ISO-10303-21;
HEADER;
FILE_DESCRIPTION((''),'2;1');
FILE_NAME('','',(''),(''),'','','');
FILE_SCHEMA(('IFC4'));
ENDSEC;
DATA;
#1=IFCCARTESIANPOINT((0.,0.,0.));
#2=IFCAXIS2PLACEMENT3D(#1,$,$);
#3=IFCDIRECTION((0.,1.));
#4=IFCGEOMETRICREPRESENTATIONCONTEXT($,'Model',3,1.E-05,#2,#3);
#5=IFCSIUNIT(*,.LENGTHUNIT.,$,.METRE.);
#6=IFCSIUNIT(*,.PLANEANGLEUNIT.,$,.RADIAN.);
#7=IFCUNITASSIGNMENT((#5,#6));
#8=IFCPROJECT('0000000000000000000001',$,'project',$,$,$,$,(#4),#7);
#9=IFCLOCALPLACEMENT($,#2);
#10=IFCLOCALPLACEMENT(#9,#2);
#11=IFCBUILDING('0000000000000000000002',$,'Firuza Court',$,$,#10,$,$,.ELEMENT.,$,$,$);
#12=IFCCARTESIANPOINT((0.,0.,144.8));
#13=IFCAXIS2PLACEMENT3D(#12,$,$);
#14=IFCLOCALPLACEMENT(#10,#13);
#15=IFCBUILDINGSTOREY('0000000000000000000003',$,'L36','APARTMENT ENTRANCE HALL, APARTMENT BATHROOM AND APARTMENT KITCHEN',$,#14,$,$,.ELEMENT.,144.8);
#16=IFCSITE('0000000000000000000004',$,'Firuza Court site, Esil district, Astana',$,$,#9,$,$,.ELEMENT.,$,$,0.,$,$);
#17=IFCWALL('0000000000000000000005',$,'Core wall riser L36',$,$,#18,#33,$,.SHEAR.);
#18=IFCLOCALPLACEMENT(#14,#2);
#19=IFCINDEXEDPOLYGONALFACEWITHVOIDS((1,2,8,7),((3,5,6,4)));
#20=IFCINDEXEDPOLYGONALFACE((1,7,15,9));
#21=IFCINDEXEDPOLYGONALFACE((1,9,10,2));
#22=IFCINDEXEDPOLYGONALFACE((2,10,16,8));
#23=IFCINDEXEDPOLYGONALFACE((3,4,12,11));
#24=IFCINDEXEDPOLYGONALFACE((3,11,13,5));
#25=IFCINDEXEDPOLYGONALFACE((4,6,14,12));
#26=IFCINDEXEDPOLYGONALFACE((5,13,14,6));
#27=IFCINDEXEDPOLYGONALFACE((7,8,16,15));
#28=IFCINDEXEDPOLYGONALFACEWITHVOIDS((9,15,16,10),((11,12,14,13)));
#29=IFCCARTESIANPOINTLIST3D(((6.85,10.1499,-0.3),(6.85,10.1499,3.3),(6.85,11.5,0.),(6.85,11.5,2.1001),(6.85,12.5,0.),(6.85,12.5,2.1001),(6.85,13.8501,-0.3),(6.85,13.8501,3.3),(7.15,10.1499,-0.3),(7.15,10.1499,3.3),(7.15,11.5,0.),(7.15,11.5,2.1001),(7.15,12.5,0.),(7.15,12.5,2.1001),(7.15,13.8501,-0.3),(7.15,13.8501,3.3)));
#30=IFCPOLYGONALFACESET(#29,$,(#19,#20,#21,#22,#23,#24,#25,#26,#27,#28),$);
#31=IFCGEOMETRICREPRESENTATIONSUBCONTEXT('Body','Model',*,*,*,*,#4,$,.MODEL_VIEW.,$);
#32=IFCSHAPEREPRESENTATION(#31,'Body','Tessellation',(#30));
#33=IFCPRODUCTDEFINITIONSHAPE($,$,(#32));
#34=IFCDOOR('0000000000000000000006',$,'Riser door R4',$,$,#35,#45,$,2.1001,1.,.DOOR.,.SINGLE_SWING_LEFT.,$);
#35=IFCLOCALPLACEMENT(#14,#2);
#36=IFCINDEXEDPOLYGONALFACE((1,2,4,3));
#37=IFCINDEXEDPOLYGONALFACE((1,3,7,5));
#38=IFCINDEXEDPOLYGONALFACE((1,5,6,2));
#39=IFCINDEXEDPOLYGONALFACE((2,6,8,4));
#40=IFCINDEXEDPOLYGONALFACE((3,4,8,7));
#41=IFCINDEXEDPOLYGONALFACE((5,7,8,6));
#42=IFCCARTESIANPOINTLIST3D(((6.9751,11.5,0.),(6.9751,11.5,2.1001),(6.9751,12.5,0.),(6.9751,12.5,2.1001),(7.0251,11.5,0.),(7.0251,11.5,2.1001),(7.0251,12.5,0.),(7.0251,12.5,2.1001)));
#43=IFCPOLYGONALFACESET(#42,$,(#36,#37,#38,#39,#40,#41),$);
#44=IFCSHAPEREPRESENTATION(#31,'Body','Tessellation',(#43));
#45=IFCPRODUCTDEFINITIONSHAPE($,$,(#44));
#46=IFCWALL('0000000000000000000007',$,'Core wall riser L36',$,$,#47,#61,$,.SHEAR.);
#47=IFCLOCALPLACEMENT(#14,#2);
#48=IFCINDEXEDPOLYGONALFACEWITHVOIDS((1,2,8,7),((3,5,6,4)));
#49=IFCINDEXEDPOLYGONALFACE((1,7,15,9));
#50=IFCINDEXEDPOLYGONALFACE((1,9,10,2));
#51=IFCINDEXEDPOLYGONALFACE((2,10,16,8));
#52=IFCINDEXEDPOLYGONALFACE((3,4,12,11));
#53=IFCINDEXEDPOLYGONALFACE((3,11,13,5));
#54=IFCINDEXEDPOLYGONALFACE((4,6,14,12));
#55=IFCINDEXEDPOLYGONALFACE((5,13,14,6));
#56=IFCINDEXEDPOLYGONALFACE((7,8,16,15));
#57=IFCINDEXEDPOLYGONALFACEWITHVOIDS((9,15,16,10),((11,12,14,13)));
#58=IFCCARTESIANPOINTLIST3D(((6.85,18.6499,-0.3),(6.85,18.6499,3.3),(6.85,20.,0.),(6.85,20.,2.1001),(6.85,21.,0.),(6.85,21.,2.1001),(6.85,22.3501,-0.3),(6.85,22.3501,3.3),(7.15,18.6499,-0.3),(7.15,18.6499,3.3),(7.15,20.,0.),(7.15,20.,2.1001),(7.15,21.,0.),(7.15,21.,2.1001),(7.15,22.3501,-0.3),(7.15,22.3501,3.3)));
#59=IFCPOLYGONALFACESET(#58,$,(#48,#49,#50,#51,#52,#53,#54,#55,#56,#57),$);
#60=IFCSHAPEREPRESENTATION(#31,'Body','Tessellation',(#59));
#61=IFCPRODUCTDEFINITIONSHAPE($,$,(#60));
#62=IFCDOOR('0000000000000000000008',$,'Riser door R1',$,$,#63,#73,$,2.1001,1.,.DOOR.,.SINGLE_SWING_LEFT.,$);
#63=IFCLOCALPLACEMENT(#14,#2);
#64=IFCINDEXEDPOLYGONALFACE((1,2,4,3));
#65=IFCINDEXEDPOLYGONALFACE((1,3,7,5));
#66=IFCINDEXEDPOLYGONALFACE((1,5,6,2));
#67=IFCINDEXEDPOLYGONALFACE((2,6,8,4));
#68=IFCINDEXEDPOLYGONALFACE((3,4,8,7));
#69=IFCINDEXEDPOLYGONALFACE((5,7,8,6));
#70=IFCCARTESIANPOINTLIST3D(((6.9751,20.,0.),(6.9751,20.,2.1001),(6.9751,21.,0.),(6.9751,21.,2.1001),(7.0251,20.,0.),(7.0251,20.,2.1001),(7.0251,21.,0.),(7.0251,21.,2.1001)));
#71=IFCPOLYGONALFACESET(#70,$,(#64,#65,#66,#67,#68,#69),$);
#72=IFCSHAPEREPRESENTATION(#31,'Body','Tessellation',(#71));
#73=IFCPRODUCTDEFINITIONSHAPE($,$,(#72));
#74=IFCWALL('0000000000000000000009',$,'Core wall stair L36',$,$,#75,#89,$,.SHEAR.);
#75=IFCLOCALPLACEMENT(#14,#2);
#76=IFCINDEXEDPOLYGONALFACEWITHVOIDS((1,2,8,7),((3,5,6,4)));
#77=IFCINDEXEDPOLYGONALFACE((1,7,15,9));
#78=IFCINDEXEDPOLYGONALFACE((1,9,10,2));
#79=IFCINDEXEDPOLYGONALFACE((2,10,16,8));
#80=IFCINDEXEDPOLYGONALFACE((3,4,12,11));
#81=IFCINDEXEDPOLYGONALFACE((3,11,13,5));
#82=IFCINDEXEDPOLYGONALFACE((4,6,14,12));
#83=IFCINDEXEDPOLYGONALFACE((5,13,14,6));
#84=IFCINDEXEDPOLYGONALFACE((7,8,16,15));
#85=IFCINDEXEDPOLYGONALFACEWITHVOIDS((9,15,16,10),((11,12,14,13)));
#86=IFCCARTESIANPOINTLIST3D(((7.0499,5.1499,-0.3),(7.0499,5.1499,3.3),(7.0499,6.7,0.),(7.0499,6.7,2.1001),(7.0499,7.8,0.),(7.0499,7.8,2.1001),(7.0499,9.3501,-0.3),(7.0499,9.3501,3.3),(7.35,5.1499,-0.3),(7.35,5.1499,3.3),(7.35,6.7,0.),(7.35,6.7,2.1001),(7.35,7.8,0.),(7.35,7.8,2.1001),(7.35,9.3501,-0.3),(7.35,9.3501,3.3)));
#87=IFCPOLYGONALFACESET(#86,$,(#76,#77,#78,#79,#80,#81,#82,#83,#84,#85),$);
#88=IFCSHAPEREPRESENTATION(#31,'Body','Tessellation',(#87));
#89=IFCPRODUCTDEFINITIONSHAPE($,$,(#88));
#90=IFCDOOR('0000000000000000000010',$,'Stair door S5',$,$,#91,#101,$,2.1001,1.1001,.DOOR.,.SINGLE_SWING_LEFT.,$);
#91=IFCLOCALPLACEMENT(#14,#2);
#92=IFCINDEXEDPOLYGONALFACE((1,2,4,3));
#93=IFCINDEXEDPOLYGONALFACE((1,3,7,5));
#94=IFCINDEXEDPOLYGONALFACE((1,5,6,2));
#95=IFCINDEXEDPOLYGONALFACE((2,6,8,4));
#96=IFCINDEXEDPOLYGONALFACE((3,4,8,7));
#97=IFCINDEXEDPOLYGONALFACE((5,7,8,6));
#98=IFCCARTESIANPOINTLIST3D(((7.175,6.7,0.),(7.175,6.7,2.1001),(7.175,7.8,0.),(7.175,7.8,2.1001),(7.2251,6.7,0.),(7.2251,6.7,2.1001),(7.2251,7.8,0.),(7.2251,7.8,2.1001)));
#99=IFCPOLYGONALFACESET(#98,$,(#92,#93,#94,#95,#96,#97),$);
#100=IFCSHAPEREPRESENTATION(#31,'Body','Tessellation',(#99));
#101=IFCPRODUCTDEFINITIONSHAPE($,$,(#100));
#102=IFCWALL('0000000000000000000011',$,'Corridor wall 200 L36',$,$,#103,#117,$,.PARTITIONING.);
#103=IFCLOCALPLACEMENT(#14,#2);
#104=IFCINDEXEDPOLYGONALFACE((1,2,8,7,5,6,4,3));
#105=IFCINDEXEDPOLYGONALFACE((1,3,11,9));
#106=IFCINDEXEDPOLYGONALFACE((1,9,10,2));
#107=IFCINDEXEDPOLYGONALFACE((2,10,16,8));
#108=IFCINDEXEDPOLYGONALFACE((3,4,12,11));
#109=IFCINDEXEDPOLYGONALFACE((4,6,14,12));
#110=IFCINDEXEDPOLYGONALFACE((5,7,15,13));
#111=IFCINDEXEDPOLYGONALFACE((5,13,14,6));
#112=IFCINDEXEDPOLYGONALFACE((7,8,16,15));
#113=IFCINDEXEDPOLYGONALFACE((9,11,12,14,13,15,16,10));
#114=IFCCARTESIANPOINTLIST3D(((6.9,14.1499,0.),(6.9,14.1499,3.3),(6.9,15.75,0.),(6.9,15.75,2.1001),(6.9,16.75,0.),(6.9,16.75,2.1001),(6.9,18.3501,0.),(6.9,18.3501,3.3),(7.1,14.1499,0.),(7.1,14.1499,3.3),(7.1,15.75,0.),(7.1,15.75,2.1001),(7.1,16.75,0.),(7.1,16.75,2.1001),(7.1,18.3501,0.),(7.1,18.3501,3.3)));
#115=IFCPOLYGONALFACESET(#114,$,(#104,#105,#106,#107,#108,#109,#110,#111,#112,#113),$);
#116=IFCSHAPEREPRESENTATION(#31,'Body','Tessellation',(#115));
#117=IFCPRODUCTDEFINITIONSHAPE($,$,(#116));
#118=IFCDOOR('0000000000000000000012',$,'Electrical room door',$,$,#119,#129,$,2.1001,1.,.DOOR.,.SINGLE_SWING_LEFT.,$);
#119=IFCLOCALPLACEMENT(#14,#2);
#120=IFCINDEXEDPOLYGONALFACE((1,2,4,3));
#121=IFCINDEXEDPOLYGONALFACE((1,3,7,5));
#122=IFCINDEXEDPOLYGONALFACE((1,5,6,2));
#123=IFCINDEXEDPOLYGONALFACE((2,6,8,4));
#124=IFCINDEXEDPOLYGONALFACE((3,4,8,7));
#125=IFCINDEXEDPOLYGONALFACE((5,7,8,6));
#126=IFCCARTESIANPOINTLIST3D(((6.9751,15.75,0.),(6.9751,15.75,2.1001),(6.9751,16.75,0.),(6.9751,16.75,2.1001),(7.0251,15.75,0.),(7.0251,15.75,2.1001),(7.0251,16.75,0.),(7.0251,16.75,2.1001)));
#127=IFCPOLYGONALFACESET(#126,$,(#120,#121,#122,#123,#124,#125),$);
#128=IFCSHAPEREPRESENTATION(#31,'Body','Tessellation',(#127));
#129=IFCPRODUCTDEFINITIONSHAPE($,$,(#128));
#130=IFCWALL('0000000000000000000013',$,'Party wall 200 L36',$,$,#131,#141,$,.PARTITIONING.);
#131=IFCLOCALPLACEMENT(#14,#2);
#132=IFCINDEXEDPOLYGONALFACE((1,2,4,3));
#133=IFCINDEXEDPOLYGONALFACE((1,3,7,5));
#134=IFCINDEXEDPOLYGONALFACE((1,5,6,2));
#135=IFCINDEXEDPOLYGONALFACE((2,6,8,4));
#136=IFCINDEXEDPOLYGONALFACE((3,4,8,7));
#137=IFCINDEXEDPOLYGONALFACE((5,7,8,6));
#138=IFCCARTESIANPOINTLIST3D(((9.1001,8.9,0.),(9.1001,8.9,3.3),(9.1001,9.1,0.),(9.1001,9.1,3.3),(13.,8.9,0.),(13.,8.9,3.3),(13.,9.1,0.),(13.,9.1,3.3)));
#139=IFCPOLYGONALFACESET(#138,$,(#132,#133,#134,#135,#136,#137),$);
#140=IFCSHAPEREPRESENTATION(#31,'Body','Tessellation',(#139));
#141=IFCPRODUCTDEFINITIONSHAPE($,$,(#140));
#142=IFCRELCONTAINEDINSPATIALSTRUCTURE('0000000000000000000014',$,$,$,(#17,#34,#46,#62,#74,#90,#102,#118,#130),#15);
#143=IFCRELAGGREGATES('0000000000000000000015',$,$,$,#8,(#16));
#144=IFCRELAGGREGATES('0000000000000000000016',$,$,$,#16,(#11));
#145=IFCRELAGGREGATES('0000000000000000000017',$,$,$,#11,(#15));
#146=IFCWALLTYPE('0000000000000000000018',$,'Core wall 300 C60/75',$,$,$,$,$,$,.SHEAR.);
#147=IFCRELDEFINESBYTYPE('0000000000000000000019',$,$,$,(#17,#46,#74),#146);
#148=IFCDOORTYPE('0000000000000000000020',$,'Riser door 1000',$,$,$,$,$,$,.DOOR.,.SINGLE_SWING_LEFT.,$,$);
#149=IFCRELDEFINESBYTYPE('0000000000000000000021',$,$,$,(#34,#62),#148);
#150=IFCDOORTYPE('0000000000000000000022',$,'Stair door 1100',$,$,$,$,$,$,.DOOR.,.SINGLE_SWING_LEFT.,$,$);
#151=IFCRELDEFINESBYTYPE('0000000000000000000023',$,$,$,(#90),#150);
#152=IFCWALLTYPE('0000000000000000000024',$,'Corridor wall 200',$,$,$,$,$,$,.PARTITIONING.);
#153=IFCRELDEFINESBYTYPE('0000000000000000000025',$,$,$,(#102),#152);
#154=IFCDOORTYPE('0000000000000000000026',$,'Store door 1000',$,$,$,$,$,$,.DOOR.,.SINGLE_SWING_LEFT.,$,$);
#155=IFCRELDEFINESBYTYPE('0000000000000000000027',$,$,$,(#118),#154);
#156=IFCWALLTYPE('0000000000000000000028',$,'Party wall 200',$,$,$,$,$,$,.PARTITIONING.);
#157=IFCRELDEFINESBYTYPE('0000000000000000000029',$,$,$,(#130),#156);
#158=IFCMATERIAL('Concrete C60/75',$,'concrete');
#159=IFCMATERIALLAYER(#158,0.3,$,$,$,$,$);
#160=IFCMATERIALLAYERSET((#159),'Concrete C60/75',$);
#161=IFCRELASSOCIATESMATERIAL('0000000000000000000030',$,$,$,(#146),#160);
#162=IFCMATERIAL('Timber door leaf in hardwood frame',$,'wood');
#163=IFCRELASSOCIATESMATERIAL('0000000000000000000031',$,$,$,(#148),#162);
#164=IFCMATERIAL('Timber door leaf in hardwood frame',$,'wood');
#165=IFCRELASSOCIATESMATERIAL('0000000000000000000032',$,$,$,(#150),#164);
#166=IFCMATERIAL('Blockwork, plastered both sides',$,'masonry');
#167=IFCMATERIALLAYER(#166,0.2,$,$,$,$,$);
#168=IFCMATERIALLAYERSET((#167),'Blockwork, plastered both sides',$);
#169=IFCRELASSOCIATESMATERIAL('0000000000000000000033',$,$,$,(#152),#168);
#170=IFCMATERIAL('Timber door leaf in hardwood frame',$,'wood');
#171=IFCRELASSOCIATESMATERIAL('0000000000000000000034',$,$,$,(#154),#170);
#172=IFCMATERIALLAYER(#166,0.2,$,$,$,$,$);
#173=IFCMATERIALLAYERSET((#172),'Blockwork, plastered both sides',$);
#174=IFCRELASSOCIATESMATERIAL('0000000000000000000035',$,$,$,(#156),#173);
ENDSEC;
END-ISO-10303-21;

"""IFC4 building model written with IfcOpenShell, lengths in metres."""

from ifc_helpers import new_model, si_unit, direction, frame, frame_2d, origin, place, context, subcontext, project, spatial, rectangle, extrude, material, layer, layer_set, type_object, element, fill, save


model = new_model("IFC4")

# Units and contexts
model_context = context("Model", 3, precision=1e-05, world=origin(), true_north=direction((0.0, 1.0)))
body_context = subcontext(model_context, "Body", "Model", "MODEL_VIEW")
ifc_project = project(units=[si_unit("LENGTHUNIT", "METRE"), si_unit("PLANEANGLEUNIT", "RADIAN")], contexts=[model_context])

# Site, building, storey
site_placement = place(None, origin())
site = spatial("IfcSite", under=ifc_project, at=site_placement, Name="Firuza Court site, Esil district, Astana", CompositionType="ELEMENT", RefElevation=0.0)
building_placement = place(site_placement, origin())
building = spatial("IfcBuilding", under=site, at=building_placement, Name="Firuza Court", CompositionType="ELEMENT")
storey_placement = place(building_placement, frame((0.0, 0.0, 144.8)))
storey = spatial("IfcBuildingStorey", under=building, at=storey_placement, Name="L36", Description="APARTMENT ENTRANCE HALL, APARTMENT BATHROOM AND APARTMENT KITCHEN", CompositionType="ELEMENT", Elevation=144.8)

# Shared definitions
ifc_material_1 = material(Name="Concrete C60/75", Category="concrete")
ifc_layer_1 = layer(ifc_material_1, 0.3)
ifc_layer_set_1 = layer_set([ifc_layer_1], Name="Concrete C60/75")
wall_type_1 = type_object("IfcWallType", Name="Core wall 300 C60/75", PredefinedType="SHEAR", material=ifc_layer_set_1)

# Walls, openings, doors
wall_1_placement = place(storey_placement, frame((7.0, 10.1499, -0.3), z_axis=(0.0, 0.0, 1.0), x_axis=(0.0, 1.0, 0.0)))
wall_1 = element("IfcWall", 1, at=wall_1_placement, inside=storey, type_object=wall_type_1, Name="Core wall riser L36", PredefinedType="SHEAR", context=body_context, shape_type="SweptSolid", body=[
    extrude(rectangle(XDim=3.7002, YDim=0.3, at=frame_2d((1.8501, 0.0))), origin(), (0.0, 0.0, 1.0), 3.6001),
])
opening_1_placement = place(wall_1_placement, frame((1.3501, 0.0, 0.3)))
opening_1 = element("IfcOpeningElement", 2, at=opening_1_placement, cuts=wall_1, PredefinedType="OPENING", context=body_context, shape_type="SweptSolid", body=[
    extrude(rectangle(XDim=1.0, YDim=2.1001, at=frame_2d((0.5, 1.05))), frame((0.0, 0.1621, 0.0), z_axis=(0.0, -1.0, 0.0), x_axis=(1.0, 0.0, 0.0)), (0.0, 0.0, 1.0), 0.324),
])
ifc_material_2 = material(Name="Timber door leaf in hardwood frame", Category="wood")
door_type_1 = type_object("IfcDoorType", Name="Riser door 1000", OperationType="SINGLE_SWING_LEFT", PredefinedType="DOOR", material=ifc_material_2)
door_1_placement = place(opening_1_placement, origin())
door_1 = element("IfcDoor", 3, at=door_1_placement, inside=storey, type_object=door_type_1, Name="Riser door R4", OperationType="SINGLE_SWING_LEFT", OverallHeight=2.1001, OverallWidth=1.0, PredefinedType="DOOR", context=body_context, shape_type="SweptSolid", body=[
    extrude(rectangle(XDim=1.0, YDim=2.1001, at=frame_2d((0.5, 1.05))), frame((0.0, 0.0249, 0.0), z_axis=(0.0, -1.0, 0.0), x_axis=(1.0, 0.0, 0.0)), (0.0, 0.0, 1.0), 0.05),
])
fill(opening_1, door_1)
wall_2_placement = place(storey_placement, frame((7.0, 18.6499, -0.3), z_axis=(0.0, 0.0, 1.0), x_axis=(0.0, 1.0, 0.0)))
wall_2 = element("IfcWall", 4, at=wall_2_placement, inside=storey, type_object=wall_type_1, Name="Core wall riser L36", PredefinedType="SHEAR", context=body_context, shape_type="SweptSolid", body=[
    extrude(rectangle(XDim=3.7002, YDim=0.3, at=frame_2d((1.8501, 0.0))), origin(), (0.0, 0.0, 1.0), 3.6001),
])
opening_2_placement = place(wall_2_placement, frame((1.3501, 0.0, 0.3)))
opening_2 = element("IfcOpeningElement", 5, at=opening_2_placement, cuts=wall_2, PredefinedType="OPENING", context=body_context, shape_type="SweptSolid", body=[
    extrude(rectangle(XDim=1.0, YDim=2.1001, at=frame_2d((0.5, 1.05))), frame((0.0, 0.1621, 0.0), z_axis=(0.0, -1.0, 0.0), x_axis=(1.0, 0.0, 0.0)), (0.0, 0.0, 1.0), 0.324),
])
door_2_placement = place(opening_2_placement, origin())
door_2 = element("IfcDoor", 6, at=door_2_placement, inside=storey, type_object=door_type_1, Name="Riser door R1", OperationType="SINGLE_SWING_LEFT", OverallHeight=2.1001, OverallWidth=1.0, PredefinedType="DOOR", context=body_context, shape_type="SweptSolid", body=[
    extrude(rectangle(XDim=1.0, YDim=2.1001, at=frame_2d((0.5, 1.05))), frame((0.0, 0.0249, 0.0), z_axis=(0.0, -1.0, 0.0), x_axis=(1.0, 0.0, 0.0)), (0.0, 0.0, 1.0), 0.05),
])
fill(opening_2, door_2)
wall_3_placement = place(storey_placement, frame((7.2, 5.1499, -0.3), z_axis=(0.0, 0.0, 1.0), x_axis=(0.0, 1.0, 0.0)))
wall_3 = element("IfcWall", 7, at=wall_3_placement, inside=storey, type_object=wall_type_1, Name="Core wall stair L36", PredefinedType="SHEAR", context=body_context, shape_type="SweptSolid", body=[
    extrude(rectangle(XDim=4.2002, YDim=0.3, at=frame_2d((2.1001, 0.0))), origin(), (0.0, 0.0, 1.0), 3.6001),
])
opening_3_placement = place(wall_3_placement, frame((1.55, 0.0, 0.3)))
opening_3 = element("IfcOpeningElement", 8, at=opening_3_placement, cuts=wall_3, PredefinedType="OPENING", context=body_context, shape_type="SweptSolid", body=[
    extrude(rectangle(XDim=1.1001, YDim=2.1001, at=frame_2d((0.55, 1.05))), frame((0.0, 0.1621, 0.0), z_axis=(0.0, -1.0, 0.0), x_axis=(1.0, 0.0, 0.0)), (0.0, 0.0, 1.0), 0.324),
])
ifc_material_3 = material(Name="Timber door leaf in hardwood frame", Category="wood")
door_type_2 = type_object("IfcDoorType", Name="Stair door 1100", OperationType="SINGLE_SWING_LEFT", PredefinedType="DOOR", material=ifc_material_3)
door_3_placement = place(opening_3_placement, origin())
door_3 = element("IfcDoor", 9, at=door_3_placement, inside=storey, type_object=door_type_2, Name="Stair door S5", OperationType="SINGLE_SWING_LEFT", OverallHeight=2.1001, OverallWidth=1.1001, PredefinedType="DOOR", context=body_context, shape_type="SweptSolid", body=[
    extrude(rectangle(XDim=1.1001, YDim=2.1001, at=frame_2d((0.55, 1.05))), frame((0.0, 0.0249, 0.0), z_axis=(0.0, -1.0, 0.0), x_axis=(1.0, 0.0, 0.0)), (0.0, 0.0, 1.0), 0.05),
])
fill(opening_3, door_3)
ifc_material_4 = material(Name="Blockwork, plastered both sides", Category="masonry")
ifc_layer_2 = layer(ifc_material_4, 0.2)
ifc_layer_set_2 = layer_set([ifc_layer_2], Name="Blockwork, plastered both sides")
wall_type_2 = type_object("IfcWallType", Name="Corridor wall 200", PredefinedType="PARTITIONING", material=ifc_layer_set_2)
wall_4_placement = place(storey_placement, frame((7.0, 14.1499, 0.0), z_axis=(0.0, 0.0, 1.0), x_axis=(0.0, 1.0, 0.0)))
wall_4 = element("IfcWall", 10, at=wall_4_placement, inside=storey, type_object=wall_type_2, Name="Corridor wall 200 L36", PredefinedType="PARTITIONING", context=body_context, shape_type="SweptSolid", body=[
    extrude(rectangle(XDim=4.2002, YDim=0.2, at=frame_2d((2.1001, 0.0))), origin(), (0.0, 0.0, 1.0), 3.3),
])
opening_4_placement = place(wall_4_placement, frame((1.6001, 0.0, 0.0)))
opening_4 = element("IfcOpeningElement", 11, at=opening_4_placement, cuts=wall_4, PredefinedType="OPENING", context=body_context, shape_type="SweptSolid", body=[
    extrude(rectangle(XDim=1.0, YDim=2.1001, at=frame_2d((0.5, 1.05))), frame((0.0, 0.1118, 0.0), z_axis=(0.0, -1.0, 0.0), x_axis=(1.0, 0.0, 0.0)), (0.0, 0.0, 1.0), 0.2239),
])
ifc_material_5 = material(Name="Timber door leaf in hardwood frame", Category="wood")
door_type_3 = type_object("IfcDoorType", Name="Store door 1000", OperationType="SINGLE_SWING_LEFT", PredefinedType="DOOR", material=ifc_material_5)
door_4_placement = place(opening_4_placement, origin())
door_4 = element("IfcDoor", 12, at=door_4_placement, inside=storey, type_object=door_type_3, Name="Electrical room door", OperationType="SINGLE_SWING_LEFT", OverallHeight=2.1001, OverallWidth=1.0, PredefinedType="DOOR", context=body_context, shape_type="SweptSolid", body=[
    extrude(rectangle(XDim=1.0, YDim=2.1001, at=frame_2d((0.5, 1.05))), frame((0.0, 0.0249, 0.0), z_axis=(0.0, -1.0, 0.0), x_axis=(1.0, 0.0, 0.0)), (0.0, 0.0, 1.0), 0.05),
])
fill(opening_4, door_4)

# Wall
ifc_layer_3 = layer(ifc_material_4, 0.2)
ifc_layer_set_3 = layer_set([ifc_layer_3], Name="Blockwork, plastered both sides")
wall_type_3 = type_object("IfcWallType", Name="Party wall 200", PredefinedType="PARTITIONING", material=ifc_layer_set_3)
wall_5_placement = place(storey_placement, frame((9.1001, 9.0, 0.0), z_axis=(0.0, 0.0, 1.0), x_axis=(1.0, 0.0, 0.0)))
element("IfcWall", 13, at=wall_5_placement, inside=storey, type_object=wall_type_3, Name="Party wall 200 L36", PredefinedType="PARTITIONING", context=body_context, shape_type="SweptSolid", body=[
    extrude(rectangle(XDim=3.8999, YDim=0.2, at=frame_2d((1.95, 0.0))), origin(), (0.0, 0.0, 1.0), 3.3),
])

save(model, "model.ifc")
